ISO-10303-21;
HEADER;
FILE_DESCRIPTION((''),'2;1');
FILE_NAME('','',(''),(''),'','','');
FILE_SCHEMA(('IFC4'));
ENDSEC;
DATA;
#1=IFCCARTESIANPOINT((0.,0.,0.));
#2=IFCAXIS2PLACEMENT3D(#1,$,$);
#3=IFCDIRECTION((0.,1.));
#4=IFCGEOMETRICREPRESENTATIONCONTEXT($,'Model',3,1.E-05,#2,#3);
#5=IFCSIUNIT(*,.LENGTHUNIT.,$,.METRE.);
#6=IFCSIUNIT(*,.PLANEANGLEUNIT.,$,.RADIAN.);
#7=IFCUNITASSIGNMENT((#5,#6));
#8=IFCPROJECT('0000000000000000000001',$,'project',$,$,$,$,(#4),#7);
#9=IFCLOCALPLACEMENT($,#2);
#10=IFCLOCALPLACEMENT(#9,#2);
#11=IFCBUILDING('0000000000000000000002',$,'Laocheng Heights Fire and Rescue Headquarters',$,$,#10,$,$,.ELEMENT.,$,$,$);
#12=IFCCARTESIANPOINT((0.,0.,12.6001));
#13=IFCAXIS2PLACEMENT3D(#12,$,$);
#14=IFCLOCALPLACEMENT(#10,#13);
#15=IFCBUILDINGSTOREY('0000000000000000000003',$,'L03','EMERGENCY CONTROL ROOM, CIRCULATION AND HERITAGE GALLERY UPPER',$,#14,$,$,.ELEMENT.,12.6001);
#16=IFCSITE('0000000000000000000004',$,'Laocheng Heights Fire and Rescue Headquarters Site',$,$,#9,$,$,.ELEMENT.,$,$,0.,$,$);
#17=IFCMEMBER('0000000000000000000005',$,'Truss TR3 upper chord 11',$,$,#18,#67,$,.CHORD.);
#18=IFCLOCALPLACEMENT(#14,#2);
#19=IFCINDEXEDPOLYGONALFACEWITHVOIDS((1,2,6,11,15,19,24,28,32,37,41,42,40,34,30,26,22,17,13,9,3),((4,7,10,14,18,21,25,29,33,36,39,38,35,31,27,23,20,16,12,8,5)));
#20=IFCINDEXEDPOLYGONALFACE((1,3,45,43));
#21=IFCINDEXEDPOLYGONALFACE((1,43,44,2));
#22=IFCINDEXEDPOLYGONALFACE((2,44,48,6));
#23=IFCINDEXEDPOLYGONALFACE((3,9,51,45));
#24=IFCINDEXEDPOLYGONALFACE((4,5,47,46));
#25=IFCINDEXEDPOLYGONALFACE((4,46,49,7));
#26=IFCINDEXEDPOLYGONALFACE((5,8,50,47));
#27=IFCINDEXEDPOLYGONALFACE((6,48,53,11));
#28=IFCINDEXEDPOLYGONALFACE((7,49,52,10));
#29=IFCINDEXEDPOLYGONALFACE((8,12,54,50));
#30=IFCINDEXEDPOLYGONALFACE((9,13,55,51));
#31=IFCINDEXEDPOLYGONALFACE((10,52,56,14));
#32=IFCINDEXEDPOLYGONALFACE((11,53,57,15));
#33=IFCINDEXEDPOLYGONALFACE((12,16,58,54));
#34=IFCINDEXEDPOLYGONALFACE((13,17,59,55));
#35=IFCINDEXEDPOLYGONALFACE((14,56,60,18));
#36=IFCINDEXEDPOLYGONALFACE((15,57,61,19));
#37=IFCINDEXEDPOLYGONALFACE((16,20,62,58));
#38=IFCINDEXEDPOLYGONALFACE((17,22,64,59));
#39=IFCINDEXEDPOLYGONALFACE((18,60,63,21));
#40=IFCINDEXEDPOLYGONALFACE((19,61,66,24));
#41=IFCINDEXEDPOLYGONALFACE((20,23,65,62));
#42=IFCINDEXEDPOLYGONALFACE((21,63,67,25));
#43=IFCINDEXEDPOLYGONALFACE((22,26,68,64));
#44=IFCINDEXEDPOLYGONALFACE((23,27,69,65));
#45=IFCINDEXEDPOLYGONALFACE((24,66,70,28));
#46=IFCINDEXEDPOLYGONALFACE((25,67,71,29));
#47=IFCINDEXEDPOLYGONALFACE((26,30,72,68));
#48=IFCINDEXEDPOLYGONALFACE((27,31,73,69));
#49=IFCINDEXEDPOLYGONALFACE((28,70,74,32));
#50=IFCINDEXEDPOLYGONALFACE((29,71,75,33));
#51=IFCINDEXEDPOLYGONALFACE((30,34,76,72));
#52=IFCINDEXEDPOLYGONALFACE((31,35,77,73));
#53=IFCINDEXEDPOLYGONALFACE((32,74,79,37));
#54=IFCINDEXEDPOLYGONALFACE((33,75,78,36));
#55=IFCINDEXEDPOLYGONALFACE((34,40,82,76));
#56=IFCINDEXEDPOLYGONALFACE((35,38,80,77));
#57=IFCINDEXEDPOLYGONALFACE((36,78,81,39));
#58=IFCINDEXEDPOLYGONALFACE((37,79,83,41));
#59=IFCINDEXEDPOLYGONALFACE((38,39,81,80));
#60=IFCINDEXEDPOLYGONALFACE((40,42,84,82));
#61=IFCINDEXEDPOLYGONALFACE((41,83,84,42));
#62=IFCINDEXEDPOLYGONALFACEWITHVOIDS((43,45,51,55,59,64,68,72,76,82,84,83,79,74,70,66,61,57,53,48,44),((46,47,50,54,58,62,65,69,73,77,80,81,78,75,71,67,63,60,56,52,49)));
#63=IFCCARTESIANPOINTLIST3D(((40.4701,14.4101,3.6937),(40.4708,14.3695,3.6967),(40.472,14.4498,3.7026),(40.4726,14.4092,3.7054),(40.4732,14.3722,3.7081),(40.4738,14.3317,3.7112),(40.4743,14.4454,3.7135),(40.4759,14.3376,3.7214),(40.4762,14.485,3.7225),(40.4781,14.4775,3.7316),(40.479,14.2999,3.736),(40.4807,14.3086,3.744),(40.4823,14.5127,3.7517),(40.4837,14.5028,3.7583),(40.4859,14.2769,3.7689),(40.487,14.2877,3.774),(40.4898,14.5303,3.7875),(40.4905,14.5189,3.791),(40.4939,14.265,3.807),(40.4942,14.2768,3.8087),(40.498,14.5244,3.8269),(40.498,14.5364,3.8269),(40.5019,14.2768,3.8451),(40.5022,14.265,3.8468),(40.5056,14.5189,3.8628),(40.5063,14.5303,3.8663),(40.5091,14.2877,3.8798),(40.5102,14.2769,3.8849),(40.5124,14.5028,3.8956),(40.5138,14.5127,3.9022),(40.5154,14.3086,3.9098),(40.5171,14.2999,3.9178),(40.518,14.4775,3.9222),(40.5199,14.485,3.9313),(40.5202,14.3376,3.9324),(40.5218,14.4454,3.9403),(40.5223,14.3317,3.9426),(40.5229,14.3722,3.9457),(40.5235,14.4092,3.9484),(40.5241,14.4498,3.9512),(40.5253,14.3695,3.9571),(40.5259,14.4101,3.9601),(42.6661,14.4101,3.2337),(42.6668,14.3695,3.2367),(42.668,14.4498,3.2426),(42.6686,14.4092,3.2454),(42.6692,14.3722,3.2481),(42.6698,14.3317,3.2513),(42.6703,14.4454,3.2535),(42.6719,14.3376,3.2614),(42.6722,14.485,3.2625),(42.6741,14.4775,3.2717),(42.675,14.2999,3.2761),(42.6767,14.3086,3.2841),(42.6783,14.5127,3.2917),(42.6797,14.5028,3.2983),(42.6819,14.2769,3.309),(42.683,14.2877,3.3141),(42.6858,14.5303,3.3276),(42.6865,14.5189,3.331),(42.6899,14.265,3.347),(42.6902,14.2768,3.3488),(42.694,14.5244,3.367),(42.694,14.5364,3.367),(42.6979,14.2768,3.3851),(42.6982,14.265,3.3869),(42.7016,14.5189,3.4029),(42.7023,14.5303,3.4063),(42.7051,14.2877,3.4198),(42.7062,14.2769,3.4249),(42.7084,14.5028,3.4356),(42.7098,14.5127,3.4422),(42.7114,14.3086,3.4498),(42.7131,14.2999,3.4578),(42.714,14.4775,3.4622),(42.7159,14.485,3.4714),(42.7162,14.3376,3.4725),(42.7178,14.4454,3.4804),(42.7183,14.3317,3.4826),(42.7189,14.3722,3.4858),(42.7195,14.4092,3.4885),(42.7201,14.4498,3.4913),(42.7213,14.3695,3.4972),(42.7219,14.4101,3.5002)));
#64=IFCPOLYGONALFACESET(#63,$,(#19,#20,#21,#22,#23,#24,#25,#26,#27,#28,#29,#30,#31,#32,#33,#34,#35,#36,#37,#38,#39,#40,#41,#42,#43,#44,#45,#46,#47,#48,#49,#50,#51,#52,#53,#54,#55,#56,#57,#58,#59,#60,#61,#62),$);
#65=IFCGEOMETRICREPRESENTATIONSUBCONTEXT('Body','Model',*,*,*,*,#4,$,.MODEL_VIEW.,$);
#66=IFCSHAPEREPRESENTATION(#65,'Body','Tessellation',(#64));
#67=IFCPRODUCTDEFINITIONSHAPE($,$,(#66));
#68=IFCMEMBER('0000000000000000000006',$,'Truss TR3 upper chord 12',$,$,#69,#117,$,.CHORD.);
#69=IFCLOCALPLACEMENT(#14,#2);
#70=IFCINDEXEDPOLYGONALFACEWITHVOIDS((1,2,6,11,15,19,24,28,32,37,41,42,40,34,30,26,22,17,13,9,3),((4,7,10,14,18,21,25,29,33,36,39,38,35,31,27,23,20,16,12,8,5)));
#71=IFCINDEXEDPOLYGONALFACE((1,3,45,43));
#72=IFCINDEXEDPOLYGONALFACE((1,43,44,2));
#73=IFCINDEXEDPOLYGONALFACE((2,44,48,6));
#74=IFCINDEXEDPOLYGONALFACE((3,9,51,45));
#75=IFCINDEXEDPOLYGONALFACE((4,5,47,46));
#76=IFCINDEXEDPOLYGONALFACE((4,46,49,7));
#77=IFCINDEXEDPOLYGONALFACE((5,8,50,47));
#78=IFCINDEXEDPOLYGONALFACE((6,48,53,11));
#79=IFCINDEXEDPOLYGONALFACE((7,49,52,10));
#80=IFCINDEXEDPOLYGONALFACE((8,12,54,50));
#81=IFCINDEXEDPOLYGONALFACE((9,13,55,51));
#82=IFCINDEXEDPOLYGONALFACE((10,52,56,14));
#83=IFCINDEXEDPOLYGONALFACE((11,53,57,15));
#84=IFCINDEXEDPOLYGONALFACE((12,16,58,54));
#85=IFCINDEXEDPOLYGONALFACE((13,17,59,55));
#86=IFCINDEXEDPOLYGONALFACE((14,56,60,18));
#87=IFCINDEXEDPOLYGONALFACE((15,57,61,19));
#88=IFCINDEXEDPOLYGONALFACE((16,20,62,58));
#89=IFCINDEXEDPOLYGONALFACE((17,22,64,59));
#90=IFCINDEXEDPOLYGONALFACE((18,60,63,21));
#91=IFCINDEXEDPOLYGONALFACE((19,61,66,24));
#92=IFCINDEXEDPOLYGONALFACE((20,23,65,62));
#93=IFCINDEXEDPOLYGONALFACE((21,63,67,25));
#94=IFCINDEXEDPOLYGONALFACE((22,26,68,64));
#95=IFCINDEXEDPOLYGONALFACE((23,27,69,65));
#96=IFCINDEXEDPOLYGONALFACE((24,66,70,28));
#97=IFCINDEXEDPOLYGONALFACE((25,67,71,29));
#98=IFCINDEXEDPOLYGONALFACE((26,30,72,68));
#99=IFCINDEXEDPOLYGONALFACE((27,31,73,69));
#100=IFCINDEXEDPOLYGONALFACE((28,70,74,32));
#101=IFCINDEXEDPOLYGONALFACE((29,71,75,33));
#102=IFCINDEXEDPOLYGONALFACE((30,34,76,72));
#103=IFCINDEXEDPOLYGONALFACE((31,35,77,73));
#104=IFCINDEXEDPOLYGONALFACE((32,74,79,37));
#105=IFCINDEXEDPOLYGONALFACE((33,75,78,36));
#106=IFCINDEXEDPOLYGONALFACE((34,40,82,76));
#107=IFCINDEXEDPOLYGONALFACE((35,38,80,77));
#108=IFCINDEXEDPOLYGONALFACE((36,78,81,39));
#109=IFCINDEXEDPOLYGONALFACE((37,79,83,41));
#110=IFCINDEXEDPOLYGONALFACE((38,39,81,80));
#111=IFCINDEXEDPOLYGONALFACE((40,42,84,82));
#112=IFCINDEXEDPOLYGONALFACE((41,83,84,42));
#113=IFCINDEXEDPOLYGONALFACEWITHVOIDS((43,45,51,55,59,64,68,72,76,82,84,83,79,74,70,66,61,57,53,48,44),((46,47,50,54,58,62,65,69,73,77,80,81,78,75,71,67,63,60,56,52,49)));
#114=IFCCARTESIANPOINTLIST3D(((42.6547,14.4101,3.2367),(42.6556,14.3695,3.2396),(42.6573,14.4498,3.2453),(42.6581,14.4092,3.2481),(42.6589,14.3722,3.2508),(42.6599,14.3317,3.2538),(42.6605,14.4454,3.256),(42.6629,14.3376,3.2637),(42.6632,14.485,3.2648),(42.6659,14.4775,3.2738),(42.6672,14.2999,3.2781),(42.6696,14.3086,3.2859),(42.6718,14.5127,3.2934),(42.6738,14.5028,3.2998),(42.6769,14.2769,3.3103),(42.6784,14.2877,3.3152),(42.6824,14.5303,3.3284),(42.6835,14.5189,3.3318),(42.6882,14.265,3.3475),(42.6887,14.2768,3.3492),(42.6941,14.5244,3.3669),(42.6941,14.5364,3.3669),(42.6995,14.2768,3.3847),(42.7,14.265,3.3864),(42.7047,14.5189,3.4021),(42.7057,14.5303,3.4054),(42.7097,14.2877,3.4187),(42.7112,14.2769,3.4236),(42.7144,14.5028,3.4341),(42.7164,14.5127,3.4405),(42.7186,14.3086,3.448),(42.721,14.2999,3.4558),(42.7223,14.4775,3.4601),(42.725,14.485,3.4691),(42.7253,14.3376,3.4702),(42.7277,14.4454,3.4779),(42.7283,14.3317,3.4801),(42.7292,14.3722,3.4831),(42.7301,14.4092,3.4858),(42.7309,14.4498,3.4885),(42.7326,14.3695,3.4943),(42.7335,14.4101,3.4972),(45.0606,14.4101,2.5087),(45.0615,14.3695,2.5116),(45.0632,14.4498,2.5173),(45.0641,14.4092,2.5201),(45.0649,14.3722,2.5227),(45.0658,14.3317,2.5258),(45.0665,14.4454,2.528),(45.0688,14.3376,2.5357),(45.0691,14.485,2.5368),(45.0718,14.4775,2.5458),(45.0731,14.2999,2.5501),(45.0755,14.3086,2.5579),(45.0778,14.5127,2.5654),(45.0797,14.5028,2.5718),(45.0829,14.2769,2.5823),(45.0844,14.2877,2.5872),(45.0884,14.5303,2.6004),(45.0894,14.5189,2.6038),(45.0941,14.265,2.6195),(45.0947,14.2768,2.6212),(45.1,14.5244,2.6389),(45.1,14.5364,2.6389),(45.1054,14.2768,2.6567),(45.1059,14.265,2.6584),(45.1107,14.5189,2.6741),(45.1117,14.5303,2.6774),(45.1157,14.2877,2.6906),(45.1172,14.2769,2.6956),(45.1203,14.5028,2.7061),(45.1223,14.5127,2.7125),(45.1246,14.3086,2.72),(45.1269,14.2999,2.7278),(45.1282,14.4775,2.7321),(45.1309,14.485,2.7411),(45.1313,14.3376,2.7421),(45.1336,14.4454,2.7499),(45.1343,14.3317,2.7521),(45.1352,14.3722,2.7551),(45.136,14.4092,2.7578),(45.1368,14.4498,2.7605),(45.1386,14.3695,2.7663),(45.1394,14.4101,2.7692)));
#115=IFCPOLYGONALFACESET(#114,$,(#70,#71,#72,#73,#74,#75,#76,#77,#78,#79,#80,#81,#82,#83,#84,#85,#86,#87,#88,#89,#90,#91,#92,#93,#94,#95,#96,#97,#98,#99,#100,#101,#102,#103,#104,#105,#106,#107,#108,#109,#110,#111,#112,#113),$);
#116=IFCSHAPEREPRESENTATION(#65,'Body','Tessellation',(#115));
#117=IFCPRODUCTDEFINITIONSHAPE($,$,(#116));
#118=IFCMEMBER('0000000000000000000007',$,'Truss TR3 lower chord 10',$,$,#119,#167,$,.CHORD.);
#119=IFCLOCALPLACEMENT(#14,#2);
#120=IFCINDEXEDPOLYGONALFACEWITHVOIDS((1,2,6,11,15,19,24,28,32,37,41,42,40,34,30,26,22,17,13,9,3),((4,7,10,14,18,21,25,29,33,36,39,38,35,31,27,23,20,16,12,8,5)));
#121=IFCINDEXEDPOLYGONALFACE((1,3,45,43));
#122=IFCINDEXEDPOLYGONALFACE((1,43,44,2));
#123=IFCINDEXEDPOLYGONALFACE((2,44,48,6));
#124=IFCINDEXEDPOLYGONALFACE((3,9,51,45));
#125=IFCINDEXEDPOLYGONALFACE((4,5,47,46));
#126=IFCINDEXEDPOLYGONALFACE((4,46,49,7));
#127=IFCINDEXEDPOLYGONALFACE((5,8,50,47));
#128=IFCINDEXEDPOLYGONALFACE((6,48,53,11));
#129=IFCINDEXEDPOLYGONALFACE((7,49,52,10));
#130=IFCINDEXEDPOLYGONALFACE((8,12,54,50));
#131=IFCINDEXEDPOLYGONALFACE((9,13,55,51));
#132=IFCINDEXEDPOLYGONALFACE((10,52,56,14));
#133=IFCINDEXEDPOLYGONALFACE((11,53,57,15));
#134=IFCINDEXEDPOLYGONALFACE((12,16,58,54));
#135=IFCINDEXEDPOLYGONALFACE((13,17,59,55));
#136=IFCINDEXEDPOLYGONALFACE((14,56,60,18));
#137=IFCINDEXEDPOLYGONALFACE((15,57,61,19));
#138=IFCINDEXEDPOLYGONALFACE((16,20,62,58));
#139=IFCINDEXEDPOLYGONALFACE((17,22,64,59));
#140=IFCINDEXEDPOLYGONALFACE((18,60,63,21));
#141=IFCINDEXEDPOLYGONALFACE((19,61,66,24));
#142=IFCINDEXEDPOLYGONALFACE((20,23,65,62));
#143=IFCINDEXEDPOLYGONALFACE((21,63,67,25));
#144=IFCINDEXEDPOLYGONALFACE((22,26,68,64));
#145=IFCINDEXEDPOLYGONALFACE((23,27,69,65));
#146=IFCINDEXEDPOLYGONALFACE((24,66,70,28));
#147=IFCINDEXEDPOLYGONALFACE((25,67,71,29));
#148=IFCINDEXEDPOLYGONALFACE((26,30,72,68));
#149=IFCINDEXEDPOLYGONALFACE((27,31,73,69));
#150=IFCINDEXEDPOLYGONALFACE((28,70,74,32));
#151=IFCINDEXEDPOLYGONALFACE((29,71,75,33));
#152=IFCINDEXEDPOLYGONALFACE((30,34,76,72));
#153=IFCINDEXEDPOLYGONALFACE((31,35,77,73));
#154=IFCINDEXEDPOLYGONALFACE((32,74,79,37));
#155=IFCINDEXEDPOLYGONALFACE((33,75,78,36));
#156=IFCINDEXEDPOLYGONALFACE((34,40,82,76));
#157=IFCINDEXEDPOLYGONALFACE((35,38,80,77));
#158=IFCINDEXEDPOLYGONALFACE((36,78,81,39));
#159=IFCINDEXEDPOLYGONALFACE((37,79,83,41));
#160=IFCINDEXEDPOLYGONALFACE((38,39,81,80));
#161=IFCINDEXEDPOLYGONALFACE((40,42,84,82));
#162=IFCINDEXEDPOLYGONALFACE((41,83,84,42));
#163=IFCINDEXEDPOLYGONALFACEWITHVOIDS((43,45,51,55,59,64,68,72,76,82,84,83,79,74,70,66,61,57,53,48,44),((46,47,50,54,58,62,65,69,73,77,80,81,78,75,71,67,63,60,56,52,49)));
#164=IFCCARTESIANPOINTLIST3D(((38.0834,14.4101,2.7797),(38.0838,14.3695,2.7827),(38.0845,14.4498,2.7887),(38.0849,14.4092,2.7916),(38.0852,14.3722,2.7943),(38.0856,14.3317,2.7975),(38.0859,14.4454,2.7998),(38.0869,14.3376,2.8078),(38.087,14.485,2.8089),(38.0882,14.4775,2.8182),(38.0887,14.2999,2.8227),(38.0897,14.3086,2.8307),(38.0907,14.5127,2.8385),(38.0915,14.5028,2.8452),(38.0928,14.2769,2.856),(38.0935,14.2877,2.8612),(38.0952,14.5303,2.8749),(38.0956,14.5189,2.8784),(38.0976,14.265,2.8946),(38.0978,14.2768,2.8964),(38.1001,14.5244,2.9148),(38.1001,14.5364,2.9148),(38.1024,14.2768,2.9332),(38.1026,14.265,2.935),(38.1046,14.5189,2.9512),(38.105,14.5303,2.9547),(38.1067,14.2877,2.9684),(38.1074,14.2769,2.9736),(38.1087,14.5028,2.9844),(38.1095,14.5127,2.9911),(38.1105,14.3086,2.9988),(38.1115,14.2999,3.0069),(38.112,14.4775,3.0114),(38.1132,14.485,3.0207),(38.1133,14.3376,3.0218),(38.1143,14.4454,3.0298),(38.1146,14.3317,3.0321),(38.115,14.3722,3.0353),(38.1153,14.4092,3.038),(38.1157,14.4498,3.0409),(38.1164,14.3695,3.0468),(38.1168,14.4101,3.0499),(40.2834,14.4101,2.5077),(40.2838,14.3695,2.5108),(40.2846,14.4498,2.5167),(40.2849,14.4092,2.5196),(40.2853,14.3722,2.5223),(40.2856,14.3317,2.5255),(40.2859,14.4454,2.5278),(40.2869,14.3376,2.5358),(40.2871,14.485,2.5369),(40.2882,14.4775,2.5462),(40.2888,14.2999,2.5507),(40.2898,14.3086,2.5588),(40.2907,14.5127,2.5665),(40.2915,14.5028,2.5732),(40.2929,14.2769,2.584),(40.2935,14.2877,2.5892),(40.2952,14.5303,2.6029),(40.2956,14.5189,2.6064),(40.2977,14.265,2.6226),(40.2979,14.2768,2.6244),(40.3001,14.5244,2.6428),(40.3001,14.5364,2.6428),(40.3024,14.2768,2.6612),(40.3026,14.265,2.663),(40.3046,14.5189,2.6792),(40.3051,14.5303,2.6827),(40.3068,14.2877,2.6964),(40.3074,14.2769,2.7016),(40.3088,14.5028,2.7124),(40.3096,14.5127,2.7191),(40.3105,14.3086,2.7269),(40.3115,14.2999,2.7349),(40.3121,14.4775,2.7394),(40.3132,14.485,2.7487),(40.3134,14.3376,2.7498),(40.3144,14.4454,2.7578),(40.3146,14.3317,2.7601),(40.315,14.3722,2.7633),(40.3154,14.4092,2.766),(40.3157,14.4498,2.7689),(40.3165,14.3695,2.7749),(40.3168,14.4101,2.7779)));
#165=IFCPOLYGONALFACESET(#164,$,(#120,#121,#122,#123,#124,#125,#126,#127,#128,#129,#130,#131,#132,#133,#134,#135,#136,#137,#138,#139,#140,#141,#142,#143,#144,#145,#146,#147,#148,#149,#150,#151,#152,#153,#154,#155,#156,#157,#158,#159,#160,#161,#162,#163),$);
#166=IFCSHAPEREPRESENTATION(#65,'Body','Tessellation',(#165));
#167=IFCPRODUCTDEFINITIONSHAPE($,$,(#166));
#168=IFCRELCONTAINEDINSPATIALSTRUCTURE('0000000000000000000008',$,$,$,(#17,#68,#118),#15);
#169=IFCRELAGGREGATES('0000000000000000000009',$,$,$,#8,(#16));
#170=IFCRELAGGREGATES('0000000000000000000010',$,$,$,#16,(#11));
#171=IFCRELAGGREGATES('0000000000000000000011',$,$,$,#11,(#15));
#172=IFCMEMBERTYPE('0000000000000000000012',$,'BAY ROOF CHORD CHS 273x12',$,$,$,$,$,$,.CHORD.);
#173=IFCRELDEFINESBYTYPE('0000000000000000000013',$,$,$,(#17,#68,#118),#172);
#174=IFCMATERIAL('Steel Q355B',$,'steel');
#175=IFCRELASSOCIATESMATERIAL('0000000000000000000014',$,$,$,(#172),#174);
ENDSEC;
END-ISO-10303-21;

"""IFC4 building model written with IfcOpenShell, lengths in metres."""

from ifc_helpers import new_model, si_unit, direction, frame, origin, origin_2d, place, context, subcontext, project, spatial, hollow_circle, extrude, material, material_profile, profile_set, type_object, element, save


model = new_model("IFC4")

# Units and contexts
model_context = context("Model", 3, precision=1e-05, world=origin(), true_north=direction((0.0, 1.0)))
body_context = subcontext(model_context, "Body", "Model", "MODEL_VIEW")
ifc_project = project(units=[si_unit("LENGTHUNIT", "METRE"), si_unit("PLANEANGLEUNIT", "RADIAN")], contexts=[model_context])

# Site, building, storey
site_placement = place(None, origin())
site = spatial("IfcSite", under=ifc_project, at=site_placement, Name="Laocheng Heights Fire and Rescue Headquarters Site", CompositionType="ELEMENT", RefElevation=0.0)
building_placement = place(site_placement, origin())
building = spatial("IfcBuilding", under=site, at=building_placement, Name="Laocheng Heights Fire and Rescue Headquarters", CompositionType="ELEMENT")
storey_placement = place(building_placement, frame((0.0, 0.0, 12.6001)))
storey = spatial("IfcBuildingStorey", under=building, at=storey_placement, Name="L03", Description="EMERGENCY CONTROL ROOM, CIRCULATION AND HERITAGE GALLERY UPPER", CompositionType="ELEMENT", Elevation=12.6001)

# Members
ifc_material_1 = material(Name="Steel Q355B", Category="steel")
ifc_material_profile_1 = material_profile(ifc_material_1, hollow_circle(Radius=0.1365, WallThickness=0.012, at=origin_2d()), Name="CHS 273x12")
ifc_profile_set_1 = profile_set([ifc_material_profile_1], Name="Steel Q355B")
member_type_1 = type_object("IfcMemberType", Name="BAY ROOF CHORD CHS 273x12", PredefinedType="CHORD", material=ifc_profile_set_1)
member_1_placement = place(storey_placement, frame((40.498, 14.3999, 3.8269), z_axis=(0.978762, 0.0, -0.205001), x_axis=(0.0, 1.0, 0.0)))
element("IfcMember", 1, at=member_1_placement, inside=storey, type_object=member_type_1, Name="Truss TR3 upper chord 11", PredefinedType="CHORD", context=body_context, shape_type="SweptSolid", body=[
    extrude(hollow_circle(Radius=0.1365, WallThickness=0.012, at=origin_2d()), origin(), (0.0, 0.0, 1.0), 2.2437),
])
member_2_placement = place(storey_placement, frame((42.6941, 14.3999, 3.3669), z_axis=(0.957142, 0.0, -0.289619), x_axis=(0.0, 1.0, 0.0)))
element("IfcMember", 2, at=member_2_placement, inside=storey, type_object=member_type_1, Name="Truss TR3 upper chord 12", PredefinedType="CHORD", context=body_context, shape_type="SweptSolid", body=[
    extrude(hollow_circle(Radius=0.1365, WallThickness=0.012, at=origin_2d()), origin(), (0.0, 0.0, 1.0), 2.5137),
])
member_3_placement = place(storey_placement, frame((38.1001, 14.3999, 2.9148), z_axis=(0.992445, 0.0, -0.122693), x_axis=(0.0, 1.0, 0.0)))
element("IfcMember", 3, at=member_3_placement, inside=storey, type_object=member_type_1, Name="Truss TR3 lower chord 10", PredefinedType="CHORD", context=body_context, shape_type="SweptSolid", body=[
    extrude(hollow_circle(Radius=0.1365, WallThickness=0.012, at=origin_2d()), origin(), (0.0, 0.0, 1.0), 2.2168),
])

save(model, "model.ifc")
